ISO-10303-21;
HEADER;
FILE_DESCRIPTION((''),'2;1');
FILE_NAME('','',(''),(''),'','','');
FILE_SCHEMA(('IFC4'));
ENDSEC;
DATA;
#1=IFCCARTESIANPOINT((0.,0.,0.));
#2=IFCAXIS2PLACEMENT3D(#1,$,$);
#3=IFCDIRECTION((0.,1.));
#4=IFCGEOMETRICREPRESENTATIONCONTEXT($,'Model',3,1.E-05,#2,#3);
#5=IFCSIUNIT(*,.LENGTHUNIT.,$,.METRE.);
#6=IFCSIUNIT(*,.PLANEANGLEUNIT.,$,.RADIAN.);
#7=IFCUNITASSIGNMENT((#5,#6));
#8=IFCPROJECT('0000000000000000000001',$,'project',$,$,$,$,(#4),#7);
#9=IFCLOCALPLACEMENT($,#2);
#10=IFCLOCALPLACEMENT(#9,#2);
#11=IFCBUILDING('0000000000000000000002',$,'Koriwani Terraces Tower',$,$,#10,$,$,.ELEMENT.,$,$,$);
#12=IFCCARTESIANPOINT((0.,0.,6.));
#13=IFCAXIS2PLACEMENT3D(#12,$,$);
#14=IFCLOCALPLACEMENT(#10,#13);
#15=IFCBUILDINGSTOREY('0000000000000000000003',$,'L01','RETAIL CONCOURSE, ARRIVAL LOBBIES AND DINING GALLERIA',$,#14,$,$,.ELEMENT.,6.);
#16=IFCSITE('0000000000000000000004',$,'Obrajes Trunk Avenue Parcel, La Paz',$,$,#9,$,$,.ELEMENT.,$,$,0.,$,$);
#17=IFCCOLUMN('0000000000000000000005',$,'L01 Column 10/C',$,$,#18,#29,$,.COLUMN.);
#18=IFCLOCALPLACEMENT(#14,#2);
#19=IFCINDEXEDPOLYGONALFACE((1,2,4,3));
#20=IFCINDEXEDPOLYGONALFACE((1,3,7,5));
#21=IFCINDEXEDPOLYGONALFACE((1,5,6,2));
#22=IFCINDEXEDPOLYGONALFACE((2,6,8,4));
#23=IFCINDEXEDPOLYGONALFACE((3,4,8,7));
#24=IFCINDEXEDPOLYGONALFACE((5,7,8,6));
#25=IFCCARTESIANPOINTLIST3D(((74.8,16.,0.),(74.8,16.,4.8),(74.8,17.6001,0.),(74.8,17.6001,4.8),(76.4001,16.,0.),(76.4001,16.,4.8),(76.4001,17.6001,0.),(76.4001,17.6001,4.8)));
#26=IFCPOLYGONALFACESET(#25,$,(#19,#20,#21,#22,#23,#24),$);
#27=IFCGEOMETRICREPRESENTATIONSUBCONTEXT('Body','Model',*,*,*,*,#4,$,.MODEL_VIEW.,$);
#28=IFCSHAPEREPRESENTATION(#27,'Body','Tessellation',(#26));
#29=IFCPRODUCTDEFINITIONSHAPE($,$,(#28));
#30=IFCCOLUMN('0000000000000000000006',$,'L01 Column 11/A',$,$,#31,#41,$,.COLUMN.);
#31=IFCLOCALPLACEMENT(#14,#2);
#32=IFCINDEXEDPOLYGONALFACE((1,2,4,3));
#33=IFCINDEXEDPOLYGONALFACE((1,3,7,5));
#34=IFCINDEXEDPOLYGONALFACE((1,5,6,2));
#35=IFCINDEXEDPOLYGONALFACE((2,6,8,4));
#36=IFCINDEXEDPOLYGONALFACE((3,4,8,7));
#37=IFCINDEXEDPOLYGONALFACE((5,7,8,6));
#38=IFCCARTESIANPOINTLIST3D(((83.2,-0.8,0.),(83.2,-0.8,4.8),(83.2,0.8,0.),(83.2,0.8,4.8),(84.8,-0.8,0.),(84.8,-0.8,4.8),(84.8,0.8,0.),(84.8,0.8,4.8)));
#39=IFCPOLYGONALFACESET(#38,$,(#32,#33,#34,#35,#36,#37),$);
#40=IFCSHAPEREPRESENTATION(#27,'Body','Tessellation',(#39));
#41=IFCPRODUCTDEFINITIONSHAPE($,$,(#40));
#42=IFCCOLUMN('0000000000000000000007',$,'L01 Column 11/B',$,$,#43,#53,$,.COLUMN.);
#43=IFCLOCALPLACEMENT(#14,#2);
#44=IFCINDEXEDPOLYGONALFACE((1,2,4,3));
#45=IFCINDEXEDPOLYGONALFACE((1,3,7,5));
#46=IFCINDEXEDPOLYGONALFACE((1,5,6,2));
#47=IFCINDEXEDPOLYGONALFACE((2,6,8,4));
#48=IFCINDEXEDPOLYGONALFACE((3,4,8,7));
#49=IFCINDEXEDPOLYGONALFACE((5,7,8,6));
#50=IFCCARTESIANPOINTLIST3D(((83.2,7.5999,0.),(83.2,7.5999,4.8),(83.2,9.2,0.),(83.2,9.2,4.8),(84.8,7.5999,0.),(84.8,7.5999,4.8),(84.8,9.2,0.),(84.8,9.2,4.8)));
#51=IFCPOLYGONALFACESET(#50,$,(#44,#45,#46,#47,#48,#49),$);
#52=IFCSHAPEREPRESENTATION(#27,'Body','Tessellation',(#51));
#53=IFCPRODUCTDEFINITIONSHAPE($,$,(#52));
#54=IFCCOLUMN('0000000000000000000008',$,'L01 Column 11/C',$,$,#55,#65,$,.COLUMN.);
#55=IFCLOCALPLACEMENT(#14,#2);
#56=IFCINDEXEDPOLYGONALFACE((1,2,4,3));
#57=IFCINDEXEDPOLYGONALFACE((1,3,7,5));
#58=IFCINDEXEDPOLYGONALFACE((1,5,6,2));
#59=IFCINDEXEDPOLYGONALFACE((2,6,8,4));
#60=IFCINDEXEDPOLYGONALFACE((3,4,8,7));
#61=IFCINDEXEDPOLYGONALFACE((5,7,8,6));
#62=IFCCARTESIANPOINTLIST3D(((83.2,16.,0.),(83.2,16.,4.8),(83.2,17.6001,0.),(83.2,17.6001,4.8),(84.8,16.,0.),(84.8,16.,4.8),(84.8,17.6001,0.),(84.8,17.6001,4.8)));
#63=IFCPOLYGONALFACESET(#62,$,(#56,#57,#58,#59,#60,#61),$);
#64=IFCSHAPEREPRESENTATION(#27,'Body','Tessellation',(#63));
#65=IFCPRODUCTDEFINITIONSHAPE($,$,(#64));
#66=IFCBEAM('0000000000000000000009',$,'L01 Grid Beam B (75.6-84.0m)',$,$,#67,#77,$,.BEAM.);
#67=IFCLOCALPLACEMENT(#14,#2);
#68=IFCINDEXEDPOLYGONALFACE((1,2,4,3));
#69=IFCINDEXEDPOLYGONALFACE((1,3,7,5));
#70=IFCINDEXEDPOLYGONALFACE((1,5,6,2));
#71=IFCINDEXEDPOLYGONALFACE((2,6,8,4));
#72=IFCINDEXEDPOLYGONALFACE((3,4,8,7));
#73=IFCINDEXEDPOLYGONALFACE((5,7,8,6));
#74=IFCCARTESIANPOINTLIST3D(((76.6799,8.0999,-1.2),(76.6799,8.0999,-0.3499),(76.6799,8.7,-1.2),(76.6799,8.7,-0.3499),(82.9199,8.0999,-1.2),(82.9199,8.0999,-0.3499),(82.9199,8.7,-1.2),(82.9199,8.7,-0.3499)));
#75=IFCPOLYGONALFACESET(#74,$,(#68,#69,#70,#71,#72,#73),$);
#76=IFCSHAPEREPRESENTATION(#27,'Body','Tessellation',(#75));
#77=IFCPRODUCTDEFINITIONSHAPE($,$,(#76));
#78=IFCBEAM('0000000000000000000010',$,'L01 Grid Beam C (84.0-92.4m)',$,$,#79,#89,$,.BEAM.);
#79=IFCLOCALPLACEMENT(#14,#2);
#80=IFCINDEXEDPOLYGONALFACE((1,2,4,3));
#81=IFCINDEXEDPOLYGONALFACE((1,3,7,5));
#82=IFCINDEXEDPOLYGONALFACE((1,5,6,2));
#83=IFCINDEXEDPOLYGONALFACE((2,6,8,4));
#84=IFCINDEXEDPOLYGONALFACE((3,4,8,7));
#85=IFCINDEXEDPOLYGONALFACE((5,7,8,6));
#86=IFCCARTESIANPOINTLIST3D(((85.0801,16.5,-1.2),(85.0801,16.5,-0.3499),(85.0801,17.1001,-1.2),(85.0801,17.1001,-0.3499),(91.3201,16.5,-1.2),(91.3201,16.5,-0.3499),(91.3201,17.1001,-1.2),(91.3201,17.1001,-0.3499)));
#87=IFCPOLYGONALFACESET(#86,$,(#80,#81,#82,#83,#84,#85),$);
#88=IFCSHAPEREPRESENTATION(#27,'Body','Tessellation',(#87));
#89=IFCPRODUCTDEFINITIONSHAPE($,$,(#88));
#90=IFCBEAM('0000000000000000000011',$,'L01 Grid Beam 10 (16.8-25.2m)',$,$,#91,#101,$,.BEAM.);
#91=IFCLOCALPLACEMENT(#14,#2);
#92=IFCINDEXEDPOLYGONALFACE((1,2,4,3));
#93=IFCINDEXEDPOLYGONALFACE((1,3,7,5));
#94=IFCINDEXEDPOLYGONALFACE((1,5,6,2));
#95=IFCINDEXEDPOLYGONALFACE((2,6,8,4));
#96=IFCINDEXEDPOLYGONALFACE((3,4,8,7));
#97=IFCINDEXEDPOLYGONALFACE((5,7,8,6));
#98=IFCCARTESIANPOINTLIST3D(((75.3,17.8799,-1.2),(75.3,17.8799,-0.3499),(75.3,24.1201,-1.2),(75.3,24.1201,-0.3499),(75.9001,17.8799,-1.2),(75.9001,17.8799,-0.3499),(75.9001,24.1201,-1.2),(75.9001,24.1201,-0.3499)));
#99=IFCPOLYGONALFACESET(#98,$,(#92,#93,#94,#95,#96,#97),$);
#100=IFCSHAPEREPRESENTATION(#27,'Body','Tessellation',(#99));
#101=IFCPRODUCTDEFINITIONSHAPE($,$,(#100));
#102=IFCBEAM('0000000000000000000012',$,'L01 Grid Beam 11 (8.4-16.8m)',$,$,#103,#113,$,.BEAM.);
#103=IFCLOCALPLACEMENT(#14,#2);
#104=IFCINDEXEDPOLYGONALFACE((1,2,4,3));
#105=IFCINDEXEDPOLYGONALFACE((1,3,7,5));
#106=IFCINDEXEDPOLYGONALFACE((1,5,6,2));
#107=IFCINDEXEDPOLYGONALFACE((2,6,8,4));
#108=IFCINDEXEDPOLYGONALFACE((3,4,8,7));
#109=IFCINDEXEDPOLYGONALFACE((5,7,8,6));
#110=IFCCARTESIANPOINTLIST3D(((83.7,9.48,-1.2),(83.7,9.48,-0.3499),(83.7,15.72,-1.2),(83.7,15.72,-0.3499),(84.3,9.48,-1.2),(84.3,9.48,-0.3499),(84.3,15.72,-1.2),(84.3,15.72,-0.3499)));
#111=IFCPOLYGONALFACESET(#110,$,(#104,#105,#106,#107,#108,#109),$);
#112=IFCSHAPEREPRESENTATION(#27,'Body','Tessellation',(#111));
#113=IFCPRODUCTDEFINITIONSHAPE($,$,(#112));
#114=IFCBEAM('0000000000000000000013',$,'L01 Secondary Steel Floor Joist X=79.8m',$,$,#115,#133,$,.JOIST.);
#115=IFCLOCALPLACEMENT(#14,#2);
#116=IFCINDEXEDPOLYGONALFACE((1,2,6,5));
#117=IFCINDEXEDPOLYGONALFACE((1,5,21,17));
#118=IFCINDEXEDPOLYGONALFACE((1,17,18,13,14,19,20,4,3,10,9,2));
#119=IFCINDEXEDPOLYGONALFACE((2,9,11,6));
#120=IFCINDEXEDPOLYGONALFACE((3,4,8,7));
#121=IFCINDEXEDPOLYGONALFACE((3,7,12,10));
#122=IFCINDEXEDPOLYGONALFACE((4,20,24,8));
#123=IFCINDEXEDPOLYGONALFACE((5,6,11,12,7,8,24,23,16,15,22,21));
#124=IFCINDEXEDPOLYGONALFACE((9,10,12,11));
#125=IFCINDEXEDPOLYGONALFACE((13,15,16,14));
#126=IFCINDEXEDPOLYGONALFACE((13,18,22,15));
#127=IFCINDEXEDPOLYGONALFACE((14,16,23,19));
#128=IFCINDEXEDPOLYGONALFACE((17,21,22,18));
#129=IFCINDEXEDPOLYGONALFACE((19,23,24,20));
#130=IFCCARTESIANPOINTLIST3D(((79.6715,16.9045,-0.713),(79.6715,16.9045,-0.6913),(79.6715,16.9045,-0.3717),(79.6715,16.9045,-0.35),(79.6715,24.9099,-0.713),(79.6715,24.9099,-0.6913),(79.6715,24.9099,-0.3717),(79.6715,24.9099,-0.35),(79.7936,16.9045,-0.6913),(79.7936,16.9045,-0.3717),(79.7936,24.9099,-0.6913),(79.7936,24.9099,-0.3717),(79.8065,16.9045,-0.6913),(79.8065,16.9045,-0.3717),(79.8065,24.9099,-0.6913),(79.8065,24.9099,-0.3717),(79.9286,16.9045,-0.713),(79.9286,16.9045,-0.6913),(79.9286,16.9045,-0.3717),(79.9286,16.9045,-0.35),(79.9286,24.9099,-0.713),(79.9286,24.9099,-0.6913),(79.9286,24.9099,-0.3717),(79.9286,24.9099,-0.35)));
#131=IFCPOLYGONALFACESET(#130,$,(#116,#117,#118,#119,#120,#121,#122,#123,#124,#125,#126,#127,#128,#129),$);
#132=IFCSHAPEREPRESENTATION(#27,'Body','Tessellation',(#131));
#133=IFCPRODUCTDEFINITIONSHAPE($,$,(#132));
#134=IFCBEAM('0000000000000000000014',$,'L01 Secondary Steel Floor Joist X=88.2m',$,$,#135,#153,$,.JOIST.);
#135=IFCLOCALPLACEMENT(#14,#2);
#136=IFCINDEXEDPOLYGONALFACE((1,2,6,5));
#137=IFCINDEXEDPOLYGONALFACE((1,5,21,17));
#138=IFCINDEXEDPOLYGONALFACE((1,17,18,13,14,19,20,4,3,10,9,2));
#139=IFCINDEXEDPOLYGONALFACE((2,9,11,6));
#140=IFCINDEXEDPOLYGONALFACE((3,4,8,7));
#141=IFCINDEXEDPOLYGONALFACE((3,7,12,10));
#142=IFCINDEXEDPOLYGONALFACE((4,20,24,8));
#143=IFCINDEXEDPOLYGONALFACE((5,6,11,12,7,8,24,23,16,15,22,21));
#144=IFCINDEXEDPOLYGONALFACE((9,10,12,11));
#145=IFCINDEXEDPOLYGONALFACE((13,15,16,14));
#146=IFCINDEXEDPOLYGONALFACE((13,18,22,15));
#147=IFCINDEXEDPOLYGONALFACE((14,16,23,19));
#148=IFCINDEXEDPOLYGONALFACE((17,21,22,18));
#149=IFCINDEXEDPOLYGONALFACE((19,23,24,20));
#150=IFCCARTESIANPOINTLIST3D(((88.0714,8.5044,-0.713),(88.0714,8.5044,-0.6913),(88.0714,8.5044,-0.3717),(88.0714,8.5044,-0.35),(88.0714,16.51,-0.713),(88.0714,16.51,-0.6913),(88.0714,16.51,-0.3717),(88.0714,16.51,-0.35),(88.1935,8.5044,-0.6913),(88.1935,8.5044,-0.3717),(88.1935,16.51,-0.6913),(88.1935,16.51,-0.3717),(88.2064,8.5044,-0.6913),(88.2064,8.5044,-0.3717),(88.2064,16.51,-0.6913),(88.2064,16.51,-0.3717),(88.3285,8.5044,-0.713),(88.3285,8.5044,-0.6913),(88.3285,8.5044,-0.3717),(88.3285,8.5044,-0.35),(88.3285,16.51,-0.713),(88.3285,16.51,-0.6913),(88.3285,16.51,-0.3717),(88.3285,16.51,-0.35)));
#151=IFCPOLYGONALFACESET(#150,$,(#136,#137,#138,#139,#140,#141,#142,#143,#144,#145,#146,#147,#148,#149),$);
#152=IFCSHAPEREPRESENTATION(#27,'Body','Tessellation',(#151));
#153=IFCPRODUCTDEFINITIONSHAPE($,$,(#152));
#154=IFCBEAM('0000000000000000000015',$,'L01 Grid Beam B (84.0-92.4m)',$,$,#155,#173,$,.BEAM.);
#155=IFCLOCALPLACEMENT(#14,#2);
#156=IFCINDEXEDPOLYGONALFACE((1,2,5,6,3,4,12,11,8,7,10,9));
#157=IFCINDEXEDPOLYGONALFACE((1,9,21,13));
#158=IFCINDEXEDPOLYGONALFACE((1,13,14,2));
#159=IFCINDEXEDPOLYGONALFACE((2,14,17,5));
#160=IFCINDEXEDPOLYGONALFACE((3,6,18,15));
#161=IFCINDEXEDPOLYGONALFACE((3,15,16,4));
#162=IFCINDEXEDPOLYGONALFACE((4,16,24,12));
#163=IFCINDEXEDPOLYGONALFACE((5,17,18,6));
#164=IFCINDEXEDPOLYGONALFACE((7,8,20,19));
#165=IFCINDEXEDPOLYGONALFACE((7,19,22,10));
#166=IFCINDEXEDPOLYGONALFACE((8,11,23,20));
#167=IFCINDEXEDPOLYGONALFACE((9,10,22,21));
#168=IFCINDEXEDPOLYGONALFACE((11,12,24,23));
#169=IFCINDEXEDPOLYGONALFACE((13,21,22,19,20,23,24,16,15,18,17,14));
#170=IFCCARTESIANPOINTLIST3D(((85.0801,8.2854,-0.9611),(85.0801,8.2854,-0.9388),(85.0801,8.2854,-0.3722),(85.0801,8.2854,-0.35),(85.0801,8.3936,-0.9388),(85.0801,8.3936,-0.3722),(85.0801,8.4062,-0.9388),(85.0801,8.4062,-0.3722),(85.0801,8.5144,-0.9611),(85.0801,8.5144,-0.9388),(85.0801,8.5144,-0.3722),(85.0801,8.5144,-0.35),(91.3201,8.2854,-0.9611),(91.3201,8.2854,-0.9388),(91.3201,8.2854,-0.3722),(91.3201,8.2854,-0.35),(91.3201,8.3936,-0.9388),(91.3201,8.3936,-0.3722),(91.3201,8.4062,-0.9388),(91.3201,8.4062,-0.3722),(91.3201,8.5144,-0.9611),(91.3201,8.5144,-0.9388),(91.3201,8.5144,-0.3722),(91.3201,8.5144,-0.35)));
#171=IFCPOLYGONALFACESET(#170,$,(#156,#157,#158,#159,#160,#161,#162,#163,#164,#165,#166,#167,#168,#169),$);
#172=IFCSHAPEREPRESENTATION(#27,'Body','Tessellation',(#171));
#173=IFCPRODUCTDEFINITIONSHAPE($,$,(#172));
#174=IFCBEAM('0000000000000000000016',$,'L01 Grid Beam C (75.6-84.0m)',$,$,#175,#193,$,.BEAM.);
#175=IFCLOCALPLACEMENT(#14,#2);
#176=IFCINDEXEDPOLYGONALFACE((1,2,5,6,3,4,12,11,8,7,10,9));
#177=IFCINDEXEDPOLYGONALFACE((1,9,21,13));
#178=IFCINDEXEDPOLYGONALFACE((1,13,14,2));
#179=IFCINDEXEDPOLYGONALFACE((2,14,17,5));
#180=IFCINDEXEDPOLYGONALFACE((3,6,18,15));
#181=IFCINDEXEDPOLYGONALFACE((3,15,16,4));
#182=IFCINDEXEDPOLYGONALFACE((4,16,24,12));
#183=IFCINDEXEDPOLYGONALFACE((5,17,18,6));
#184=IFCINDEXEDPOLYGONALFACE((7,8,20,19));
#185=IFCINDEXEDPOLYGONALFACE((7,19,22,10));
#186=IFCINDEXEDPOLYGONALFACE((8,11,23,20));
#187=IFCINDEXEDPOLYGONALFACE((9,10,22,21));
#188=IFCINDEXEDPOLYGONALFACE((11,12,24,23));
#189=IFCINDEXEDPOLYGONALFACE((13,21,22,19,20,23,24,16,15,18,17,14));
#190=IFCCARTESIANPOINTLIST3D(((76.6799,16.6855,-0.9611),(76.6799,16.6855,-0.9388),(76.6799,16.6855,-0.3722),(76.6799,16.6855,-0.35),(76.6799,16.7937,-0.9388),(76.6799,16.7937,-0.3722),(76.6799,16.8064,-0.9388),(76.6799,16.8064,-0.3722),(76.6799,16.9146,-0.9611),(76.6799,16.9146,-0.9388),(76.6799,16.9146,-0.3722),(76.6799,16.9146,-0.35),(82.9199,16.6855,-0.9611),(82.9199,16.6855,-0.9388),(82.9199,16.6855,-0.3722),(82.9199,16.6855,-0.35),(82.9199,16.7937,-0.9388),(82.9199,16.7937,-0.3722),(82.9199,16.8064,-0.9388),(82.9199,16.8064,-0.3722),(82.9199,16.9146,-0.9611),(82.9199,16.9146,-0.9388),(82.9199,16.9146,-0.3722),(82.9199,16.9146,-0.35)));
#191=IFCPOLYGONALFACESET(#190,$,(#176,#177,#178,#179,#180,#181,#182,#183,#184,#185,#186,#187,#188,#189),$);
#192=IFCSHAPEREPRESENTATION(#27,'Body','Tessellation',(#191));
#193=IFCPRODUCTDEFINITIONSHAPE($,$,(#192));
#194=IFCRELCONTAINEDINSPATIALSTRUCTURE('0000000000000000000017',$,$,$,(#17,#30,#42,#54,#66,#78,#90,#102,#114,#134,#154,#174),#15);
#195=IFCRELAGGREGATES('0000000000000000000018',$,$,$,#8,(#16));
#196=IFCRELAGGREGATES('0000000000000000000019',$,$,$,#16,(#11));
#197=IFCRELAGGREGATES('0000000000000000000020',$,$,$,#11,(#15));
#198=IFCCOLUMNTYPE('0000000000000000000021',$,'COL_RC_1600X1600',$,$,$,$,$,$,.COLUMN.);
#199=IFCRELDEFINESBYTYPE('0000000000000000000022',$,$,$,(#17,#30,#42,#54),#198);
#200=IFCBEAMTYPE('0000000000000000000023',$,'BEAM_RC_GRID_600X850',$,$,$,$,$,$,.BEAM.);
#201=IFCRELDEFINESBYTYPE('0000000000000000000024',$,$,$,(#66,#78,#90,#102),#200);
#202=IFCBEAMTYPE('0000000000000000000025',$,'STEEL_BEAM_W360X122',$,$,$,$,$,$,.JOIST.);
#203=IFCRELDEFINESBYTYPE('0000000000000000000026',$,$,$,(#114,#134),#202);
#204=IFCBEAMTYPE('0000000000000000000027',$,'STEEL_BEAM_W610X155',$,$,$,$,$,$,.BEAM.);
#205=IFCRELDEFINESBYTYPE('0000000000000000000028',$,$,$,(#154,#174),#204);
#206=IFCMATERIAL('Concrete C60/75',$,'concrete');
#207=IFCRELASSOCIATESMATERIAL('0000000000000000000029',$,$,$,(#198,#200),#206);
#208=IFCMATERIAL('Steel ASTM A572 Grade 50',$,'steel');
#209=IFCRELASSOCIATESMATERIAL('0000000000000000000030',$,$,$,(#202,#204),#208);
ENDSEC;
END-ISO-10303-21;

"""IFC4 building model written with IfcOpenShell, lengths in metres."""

from ifc_helpers import new_model, si_unit, direction, frame, origin, origin_2d, place, context, subcontext, project, spatial, rectangle, i_section, extrude, material, material_profile, profile_set, type_object, element, save


model = new_model("IFC4")

# Units and contexts
model_context = context("Model", 3, precision=1e-05, world=origin(), true_north=direction((0.0, 1.0)))
body_context = subcontext(model_context, "Body", "Model", "MODEL_VIEW")
ifc_project = project(units=[si_unit("LENGTHUNIT", "METRE"), si_unit("PLANEANGLEUNIT", "RADIAN")], contexts=[model_context])

# Site, building, storey
site_placement = place(None, origin())
site = spatial("IfcSite", under=ifc_project, at=site_placement, Name="Obrajes Trunk Avenue Parcel, La Paz", CompositionType="ELEMENT", RefElevation=0.0)
building_placement = place(site_placement, origin())
building = spatial("IfcBuilding", under=site, at=building_placement, Name="Koriwani Terraces Tower", CompositionType="ELEMENT")
storey_placement = place(building_placement, frame((0.0, 0.0, 6.0)))
storey = spatial("IfcBuildingStorey", under=building, at=storey_placement, Name="L01", Description="RETAIL CONCOURSE, ARRIVAL LOBBIES AND DINING GALLERIA", CompositionType="ELEMENT", Elevation=6.0)

# Columns
ifc_material_1 = material(Name="Concrete C60/75", Category="concrete")
ifc_material_profile_1 = material_profile(ifc_material_1, rectangle(XDim=1.6001, YDim=1.6001, at=origin_2d()), Name="Concrete C60/75", Category="LoadBearing")
ifc_profile_set_1 = profile_set([ifc_material_profile_1], Name="Concrete C60/75")
column_type = type_object("IfcColumnType", Name="COL_RC_1600X1600", PredefinedType="COLUMN", material=ifc_profile_set_1)
for number, where, z_axis, x_axis, name in (
    (1, (75.6001, 16.8, 0.0), (0.0, 0.0, 1.0), (1.0, 0.0, 0.0), "L01 Column 10/C"),
    (2, (84.0, 0.0, 0.0), (0.0, 0.0, 1.0), (1.0, 0.0, 0.0), "L01 Column 11/A"),
    (3, (84.0, 8.3999, 0.0), (0.0, 0.0, 1.0), (1.0, 0.0, 0.0), "L01 Column 11/B"),
    (4, (84.0, 16.8, 0.0), (0.0, 0.0, 1.0), (1.0, 0.0, 0.0), "L01 Column 11/C"),
):
    element("IfcColumn", number, at=place(storey_placement, frame(where, z_axis=z_axis, x_axis=x_axis)), inside=storey, type_object=column_type, Name=name, PredefinedType="COLUMN", context=body_context, shape_type="SweptSolid", body=[
        extrude(rectangle(XDim=1.6001, YDim=1.6001, at=origin_2d()), origin(), (0.0, 0.0, 1.0), 4.8),
    ])

# Beams
ifc_material_profile_2 = material_profile(ifc_material_1, rectangle(XDim=0.6001, YDim=0.8501, at=origin_2d()), Name="Concrete C60/75", Category="LoadBearing")
ifc_profile_set_2 = profile_set([ifc_material_profile_2], Name="Concrete C60/75")
beam_type_1 = type_object("IfcBeamType", Name="BEAM_RC_GRID_600X850", PredefinedType="BEAM", material=ifc_profile_set_2)
for number, where, z_axis, x_axis, name in (
    (5, (76.6799, 8.3999, -0.7749), (1.0, 0.0, 0.0), (0.0, 1.0, 0.0), "L01 Grid Beam B (75.6-84.0m)"),
    (6, (85.0801, 16.8, -0.7749), (1.0, 0.0, 0.0), (0.0, 1.0, 0.0), "L01 Grid Beam C (84.0-92.4m)"),
):
    element("IfcBeam", number, at=place(storey_placement, frame(where, z_axis=z_axis, x_axis=x_axis)), inside=storey, type_object=beam_type_1, Name=name, PredefinedType="BEAM", context=body_context, shape_type="SweptSolid", body=[
        extrude(rectangle(XDim=0.6001, YDim=0.8501, at=origin_2d()), origin(), (0.0, 0.0, 1.0), 6.24),
    ])
beam_1_placement = place(storey_placement, frame((75.6001, 17.8799, -0.7749), z_axis=(0.0, 1.0, 0.0), x_axis=(-1.0, 0.0, 0.0)))
element("IfcBeam", 7, at=beam_1_placement, inside=storey, type_object=beam_type_1, Name="L01 Grid Beam 10 (16.8-25.2m)", PredefinedType="BEAM", context=body_context, shape_type="SweptSolid", body=[
    extrude(rectangle(XDim=0.6001, YDim=0.8501, at=origin_2d()), origin(), (0.0, 0.0, 1.0), 6.2402),
])
beam_2_placement = place(storey_placement, frame((84.0, 9.48, -0.7749), z_axis=(0.0, 1.0, 0.0), x_axis=(-1.0, 0.0, 0.0)))
element("IfcBeam", 8, at=beam_2_placement, inside=storey, type_object=beam_type_1, Name="L01 Grid Beam 11 (8.4-16.8m)", PredefinedType="BEAM", context=body_context, shape_type="SweptSolid", body=[
    extrude(rectangle(XDim=0.6001, YDim=0.8501, at=origin_2d()), origin(), (0.0, 0.0, 1.0), 6.24),
])
ifc_material_2 = material(Name="Steel ASTM A572 Grade 50", Category="steel")
ifc_material_profile_3 = material_profile(ifc_material_2, i_section(OverallWidth=0.2571, OverallDepth=0.363, WebThickness=0.0129, FlangeThickness=0.0217, at=origin_2d()), Name="Steel ASTM A572 Grade 50", Category="LoadBearing")
ifc_profile_set_3 = profile_set([ifc_material_profile_3], Name="Steel ASTM A572 Grade 50")
beam_type_2 = type_object("IfcBeamType", Name="STEEL_BEAM_W360X122", PredefinedType="JOIST", material=ifc_profile_set_3)
beam_3_placement = place(storey_placement, frame((79.8, 16.9045, -0.5315), z_axis=(0.0, 1.0, 0.0), x_axis=(-1.0, 0.0, 0.0)))
element("IfcBeam", 9, at=beam_3_placement, inside=storey, type_object=beam_type_2, Name="L01 Secondary Steel Floor Joist X=79.8m", PredefinedType="JOIST", context=body_context, shape_type="SweptSolid", body=[
    extrude(i_section(OverallWidth=0.2571, OverallDepth=0.363, WebThickness=0.0129, FlangeThickness=0.0217, at=origin_2d()), origin(), (0.0, 0.0, 1.0), 8.0054),
])
beam_4_placement = place(storey_placement, frame((88.2, 8.5044, -0.5315), z_axis=(0.0, 1.0, 0.0), x_axis=(-1.0, 0.0, 0.0)))
element("IfcBeam", 10, at=beam_4_placement, inside=storey, type_object=beam_type_2, Name="L01 Secondary Steel Floor Joist X=88.2m", PredefinedType="JOIST", context=body_context, shape_type="SweptSolid", body=[
    extrude(i_section(OverallWidth=0.2571, OverallDepth=0.363, WebThickness=0.0129, FlangeThickness=0.0217, at=origin_2d()), origin(), (0.0, 0.0, 1.0), 8.0056),
])
ifc_material_profile_4 = material_profile(ifc_material_2, i_section(OverallWidth=0.229, OverallDepth=0.6111, WebThickness=0.0127, FlangeThickness=0.0222, at=origin_2d()), Name="Steel ASTM A572 Grade 50", Category="LoadBearing")
ifc_profile_set_4 = profile_set([ifc_material_profile_4], Name="Steel ASTM A572 Grade 50")
beam_type_3 = type_object("IfcBeamType", Name="STEEL_BEAM_W610X155", PredefinedType="BEAM", material=ifc_profile_set_4)
for number, where, z_axis, x_axis, name in (
    (11, (85.0801, 8.3999, -0.6555), (1.0, 0.0, 0.0), (0.0, 1.0, 0.0), "L01 Grid Beam B (84.0-92.4m)"),
    (12, (76.6799, 16.8, -0.6555), (1.0, 0.0, 0.0), (0.0, 1.0, 0.0), "L01 Grid Beam C (75.6-84.0m)"),
):
    element("IfcBeam", number, at=place(storey_placement, frame(where, z_axis=z_axis, x_axis=x_axis)), inside=storey, type_object=beam_type_3, Name=name, PredefinedType="BEAM", context=body_context, shape_type="SweptSolid", body=[
        extrude(i_section(OverallWidth=0.229, OverallDepth=0.6111, WebThickness=0.0127, FlangeThickness=0.0222, at=origin_2d()), origin(), (0.0, 0.0, 1.0), 6.24),
    ])

save(model, "model.ifc")
